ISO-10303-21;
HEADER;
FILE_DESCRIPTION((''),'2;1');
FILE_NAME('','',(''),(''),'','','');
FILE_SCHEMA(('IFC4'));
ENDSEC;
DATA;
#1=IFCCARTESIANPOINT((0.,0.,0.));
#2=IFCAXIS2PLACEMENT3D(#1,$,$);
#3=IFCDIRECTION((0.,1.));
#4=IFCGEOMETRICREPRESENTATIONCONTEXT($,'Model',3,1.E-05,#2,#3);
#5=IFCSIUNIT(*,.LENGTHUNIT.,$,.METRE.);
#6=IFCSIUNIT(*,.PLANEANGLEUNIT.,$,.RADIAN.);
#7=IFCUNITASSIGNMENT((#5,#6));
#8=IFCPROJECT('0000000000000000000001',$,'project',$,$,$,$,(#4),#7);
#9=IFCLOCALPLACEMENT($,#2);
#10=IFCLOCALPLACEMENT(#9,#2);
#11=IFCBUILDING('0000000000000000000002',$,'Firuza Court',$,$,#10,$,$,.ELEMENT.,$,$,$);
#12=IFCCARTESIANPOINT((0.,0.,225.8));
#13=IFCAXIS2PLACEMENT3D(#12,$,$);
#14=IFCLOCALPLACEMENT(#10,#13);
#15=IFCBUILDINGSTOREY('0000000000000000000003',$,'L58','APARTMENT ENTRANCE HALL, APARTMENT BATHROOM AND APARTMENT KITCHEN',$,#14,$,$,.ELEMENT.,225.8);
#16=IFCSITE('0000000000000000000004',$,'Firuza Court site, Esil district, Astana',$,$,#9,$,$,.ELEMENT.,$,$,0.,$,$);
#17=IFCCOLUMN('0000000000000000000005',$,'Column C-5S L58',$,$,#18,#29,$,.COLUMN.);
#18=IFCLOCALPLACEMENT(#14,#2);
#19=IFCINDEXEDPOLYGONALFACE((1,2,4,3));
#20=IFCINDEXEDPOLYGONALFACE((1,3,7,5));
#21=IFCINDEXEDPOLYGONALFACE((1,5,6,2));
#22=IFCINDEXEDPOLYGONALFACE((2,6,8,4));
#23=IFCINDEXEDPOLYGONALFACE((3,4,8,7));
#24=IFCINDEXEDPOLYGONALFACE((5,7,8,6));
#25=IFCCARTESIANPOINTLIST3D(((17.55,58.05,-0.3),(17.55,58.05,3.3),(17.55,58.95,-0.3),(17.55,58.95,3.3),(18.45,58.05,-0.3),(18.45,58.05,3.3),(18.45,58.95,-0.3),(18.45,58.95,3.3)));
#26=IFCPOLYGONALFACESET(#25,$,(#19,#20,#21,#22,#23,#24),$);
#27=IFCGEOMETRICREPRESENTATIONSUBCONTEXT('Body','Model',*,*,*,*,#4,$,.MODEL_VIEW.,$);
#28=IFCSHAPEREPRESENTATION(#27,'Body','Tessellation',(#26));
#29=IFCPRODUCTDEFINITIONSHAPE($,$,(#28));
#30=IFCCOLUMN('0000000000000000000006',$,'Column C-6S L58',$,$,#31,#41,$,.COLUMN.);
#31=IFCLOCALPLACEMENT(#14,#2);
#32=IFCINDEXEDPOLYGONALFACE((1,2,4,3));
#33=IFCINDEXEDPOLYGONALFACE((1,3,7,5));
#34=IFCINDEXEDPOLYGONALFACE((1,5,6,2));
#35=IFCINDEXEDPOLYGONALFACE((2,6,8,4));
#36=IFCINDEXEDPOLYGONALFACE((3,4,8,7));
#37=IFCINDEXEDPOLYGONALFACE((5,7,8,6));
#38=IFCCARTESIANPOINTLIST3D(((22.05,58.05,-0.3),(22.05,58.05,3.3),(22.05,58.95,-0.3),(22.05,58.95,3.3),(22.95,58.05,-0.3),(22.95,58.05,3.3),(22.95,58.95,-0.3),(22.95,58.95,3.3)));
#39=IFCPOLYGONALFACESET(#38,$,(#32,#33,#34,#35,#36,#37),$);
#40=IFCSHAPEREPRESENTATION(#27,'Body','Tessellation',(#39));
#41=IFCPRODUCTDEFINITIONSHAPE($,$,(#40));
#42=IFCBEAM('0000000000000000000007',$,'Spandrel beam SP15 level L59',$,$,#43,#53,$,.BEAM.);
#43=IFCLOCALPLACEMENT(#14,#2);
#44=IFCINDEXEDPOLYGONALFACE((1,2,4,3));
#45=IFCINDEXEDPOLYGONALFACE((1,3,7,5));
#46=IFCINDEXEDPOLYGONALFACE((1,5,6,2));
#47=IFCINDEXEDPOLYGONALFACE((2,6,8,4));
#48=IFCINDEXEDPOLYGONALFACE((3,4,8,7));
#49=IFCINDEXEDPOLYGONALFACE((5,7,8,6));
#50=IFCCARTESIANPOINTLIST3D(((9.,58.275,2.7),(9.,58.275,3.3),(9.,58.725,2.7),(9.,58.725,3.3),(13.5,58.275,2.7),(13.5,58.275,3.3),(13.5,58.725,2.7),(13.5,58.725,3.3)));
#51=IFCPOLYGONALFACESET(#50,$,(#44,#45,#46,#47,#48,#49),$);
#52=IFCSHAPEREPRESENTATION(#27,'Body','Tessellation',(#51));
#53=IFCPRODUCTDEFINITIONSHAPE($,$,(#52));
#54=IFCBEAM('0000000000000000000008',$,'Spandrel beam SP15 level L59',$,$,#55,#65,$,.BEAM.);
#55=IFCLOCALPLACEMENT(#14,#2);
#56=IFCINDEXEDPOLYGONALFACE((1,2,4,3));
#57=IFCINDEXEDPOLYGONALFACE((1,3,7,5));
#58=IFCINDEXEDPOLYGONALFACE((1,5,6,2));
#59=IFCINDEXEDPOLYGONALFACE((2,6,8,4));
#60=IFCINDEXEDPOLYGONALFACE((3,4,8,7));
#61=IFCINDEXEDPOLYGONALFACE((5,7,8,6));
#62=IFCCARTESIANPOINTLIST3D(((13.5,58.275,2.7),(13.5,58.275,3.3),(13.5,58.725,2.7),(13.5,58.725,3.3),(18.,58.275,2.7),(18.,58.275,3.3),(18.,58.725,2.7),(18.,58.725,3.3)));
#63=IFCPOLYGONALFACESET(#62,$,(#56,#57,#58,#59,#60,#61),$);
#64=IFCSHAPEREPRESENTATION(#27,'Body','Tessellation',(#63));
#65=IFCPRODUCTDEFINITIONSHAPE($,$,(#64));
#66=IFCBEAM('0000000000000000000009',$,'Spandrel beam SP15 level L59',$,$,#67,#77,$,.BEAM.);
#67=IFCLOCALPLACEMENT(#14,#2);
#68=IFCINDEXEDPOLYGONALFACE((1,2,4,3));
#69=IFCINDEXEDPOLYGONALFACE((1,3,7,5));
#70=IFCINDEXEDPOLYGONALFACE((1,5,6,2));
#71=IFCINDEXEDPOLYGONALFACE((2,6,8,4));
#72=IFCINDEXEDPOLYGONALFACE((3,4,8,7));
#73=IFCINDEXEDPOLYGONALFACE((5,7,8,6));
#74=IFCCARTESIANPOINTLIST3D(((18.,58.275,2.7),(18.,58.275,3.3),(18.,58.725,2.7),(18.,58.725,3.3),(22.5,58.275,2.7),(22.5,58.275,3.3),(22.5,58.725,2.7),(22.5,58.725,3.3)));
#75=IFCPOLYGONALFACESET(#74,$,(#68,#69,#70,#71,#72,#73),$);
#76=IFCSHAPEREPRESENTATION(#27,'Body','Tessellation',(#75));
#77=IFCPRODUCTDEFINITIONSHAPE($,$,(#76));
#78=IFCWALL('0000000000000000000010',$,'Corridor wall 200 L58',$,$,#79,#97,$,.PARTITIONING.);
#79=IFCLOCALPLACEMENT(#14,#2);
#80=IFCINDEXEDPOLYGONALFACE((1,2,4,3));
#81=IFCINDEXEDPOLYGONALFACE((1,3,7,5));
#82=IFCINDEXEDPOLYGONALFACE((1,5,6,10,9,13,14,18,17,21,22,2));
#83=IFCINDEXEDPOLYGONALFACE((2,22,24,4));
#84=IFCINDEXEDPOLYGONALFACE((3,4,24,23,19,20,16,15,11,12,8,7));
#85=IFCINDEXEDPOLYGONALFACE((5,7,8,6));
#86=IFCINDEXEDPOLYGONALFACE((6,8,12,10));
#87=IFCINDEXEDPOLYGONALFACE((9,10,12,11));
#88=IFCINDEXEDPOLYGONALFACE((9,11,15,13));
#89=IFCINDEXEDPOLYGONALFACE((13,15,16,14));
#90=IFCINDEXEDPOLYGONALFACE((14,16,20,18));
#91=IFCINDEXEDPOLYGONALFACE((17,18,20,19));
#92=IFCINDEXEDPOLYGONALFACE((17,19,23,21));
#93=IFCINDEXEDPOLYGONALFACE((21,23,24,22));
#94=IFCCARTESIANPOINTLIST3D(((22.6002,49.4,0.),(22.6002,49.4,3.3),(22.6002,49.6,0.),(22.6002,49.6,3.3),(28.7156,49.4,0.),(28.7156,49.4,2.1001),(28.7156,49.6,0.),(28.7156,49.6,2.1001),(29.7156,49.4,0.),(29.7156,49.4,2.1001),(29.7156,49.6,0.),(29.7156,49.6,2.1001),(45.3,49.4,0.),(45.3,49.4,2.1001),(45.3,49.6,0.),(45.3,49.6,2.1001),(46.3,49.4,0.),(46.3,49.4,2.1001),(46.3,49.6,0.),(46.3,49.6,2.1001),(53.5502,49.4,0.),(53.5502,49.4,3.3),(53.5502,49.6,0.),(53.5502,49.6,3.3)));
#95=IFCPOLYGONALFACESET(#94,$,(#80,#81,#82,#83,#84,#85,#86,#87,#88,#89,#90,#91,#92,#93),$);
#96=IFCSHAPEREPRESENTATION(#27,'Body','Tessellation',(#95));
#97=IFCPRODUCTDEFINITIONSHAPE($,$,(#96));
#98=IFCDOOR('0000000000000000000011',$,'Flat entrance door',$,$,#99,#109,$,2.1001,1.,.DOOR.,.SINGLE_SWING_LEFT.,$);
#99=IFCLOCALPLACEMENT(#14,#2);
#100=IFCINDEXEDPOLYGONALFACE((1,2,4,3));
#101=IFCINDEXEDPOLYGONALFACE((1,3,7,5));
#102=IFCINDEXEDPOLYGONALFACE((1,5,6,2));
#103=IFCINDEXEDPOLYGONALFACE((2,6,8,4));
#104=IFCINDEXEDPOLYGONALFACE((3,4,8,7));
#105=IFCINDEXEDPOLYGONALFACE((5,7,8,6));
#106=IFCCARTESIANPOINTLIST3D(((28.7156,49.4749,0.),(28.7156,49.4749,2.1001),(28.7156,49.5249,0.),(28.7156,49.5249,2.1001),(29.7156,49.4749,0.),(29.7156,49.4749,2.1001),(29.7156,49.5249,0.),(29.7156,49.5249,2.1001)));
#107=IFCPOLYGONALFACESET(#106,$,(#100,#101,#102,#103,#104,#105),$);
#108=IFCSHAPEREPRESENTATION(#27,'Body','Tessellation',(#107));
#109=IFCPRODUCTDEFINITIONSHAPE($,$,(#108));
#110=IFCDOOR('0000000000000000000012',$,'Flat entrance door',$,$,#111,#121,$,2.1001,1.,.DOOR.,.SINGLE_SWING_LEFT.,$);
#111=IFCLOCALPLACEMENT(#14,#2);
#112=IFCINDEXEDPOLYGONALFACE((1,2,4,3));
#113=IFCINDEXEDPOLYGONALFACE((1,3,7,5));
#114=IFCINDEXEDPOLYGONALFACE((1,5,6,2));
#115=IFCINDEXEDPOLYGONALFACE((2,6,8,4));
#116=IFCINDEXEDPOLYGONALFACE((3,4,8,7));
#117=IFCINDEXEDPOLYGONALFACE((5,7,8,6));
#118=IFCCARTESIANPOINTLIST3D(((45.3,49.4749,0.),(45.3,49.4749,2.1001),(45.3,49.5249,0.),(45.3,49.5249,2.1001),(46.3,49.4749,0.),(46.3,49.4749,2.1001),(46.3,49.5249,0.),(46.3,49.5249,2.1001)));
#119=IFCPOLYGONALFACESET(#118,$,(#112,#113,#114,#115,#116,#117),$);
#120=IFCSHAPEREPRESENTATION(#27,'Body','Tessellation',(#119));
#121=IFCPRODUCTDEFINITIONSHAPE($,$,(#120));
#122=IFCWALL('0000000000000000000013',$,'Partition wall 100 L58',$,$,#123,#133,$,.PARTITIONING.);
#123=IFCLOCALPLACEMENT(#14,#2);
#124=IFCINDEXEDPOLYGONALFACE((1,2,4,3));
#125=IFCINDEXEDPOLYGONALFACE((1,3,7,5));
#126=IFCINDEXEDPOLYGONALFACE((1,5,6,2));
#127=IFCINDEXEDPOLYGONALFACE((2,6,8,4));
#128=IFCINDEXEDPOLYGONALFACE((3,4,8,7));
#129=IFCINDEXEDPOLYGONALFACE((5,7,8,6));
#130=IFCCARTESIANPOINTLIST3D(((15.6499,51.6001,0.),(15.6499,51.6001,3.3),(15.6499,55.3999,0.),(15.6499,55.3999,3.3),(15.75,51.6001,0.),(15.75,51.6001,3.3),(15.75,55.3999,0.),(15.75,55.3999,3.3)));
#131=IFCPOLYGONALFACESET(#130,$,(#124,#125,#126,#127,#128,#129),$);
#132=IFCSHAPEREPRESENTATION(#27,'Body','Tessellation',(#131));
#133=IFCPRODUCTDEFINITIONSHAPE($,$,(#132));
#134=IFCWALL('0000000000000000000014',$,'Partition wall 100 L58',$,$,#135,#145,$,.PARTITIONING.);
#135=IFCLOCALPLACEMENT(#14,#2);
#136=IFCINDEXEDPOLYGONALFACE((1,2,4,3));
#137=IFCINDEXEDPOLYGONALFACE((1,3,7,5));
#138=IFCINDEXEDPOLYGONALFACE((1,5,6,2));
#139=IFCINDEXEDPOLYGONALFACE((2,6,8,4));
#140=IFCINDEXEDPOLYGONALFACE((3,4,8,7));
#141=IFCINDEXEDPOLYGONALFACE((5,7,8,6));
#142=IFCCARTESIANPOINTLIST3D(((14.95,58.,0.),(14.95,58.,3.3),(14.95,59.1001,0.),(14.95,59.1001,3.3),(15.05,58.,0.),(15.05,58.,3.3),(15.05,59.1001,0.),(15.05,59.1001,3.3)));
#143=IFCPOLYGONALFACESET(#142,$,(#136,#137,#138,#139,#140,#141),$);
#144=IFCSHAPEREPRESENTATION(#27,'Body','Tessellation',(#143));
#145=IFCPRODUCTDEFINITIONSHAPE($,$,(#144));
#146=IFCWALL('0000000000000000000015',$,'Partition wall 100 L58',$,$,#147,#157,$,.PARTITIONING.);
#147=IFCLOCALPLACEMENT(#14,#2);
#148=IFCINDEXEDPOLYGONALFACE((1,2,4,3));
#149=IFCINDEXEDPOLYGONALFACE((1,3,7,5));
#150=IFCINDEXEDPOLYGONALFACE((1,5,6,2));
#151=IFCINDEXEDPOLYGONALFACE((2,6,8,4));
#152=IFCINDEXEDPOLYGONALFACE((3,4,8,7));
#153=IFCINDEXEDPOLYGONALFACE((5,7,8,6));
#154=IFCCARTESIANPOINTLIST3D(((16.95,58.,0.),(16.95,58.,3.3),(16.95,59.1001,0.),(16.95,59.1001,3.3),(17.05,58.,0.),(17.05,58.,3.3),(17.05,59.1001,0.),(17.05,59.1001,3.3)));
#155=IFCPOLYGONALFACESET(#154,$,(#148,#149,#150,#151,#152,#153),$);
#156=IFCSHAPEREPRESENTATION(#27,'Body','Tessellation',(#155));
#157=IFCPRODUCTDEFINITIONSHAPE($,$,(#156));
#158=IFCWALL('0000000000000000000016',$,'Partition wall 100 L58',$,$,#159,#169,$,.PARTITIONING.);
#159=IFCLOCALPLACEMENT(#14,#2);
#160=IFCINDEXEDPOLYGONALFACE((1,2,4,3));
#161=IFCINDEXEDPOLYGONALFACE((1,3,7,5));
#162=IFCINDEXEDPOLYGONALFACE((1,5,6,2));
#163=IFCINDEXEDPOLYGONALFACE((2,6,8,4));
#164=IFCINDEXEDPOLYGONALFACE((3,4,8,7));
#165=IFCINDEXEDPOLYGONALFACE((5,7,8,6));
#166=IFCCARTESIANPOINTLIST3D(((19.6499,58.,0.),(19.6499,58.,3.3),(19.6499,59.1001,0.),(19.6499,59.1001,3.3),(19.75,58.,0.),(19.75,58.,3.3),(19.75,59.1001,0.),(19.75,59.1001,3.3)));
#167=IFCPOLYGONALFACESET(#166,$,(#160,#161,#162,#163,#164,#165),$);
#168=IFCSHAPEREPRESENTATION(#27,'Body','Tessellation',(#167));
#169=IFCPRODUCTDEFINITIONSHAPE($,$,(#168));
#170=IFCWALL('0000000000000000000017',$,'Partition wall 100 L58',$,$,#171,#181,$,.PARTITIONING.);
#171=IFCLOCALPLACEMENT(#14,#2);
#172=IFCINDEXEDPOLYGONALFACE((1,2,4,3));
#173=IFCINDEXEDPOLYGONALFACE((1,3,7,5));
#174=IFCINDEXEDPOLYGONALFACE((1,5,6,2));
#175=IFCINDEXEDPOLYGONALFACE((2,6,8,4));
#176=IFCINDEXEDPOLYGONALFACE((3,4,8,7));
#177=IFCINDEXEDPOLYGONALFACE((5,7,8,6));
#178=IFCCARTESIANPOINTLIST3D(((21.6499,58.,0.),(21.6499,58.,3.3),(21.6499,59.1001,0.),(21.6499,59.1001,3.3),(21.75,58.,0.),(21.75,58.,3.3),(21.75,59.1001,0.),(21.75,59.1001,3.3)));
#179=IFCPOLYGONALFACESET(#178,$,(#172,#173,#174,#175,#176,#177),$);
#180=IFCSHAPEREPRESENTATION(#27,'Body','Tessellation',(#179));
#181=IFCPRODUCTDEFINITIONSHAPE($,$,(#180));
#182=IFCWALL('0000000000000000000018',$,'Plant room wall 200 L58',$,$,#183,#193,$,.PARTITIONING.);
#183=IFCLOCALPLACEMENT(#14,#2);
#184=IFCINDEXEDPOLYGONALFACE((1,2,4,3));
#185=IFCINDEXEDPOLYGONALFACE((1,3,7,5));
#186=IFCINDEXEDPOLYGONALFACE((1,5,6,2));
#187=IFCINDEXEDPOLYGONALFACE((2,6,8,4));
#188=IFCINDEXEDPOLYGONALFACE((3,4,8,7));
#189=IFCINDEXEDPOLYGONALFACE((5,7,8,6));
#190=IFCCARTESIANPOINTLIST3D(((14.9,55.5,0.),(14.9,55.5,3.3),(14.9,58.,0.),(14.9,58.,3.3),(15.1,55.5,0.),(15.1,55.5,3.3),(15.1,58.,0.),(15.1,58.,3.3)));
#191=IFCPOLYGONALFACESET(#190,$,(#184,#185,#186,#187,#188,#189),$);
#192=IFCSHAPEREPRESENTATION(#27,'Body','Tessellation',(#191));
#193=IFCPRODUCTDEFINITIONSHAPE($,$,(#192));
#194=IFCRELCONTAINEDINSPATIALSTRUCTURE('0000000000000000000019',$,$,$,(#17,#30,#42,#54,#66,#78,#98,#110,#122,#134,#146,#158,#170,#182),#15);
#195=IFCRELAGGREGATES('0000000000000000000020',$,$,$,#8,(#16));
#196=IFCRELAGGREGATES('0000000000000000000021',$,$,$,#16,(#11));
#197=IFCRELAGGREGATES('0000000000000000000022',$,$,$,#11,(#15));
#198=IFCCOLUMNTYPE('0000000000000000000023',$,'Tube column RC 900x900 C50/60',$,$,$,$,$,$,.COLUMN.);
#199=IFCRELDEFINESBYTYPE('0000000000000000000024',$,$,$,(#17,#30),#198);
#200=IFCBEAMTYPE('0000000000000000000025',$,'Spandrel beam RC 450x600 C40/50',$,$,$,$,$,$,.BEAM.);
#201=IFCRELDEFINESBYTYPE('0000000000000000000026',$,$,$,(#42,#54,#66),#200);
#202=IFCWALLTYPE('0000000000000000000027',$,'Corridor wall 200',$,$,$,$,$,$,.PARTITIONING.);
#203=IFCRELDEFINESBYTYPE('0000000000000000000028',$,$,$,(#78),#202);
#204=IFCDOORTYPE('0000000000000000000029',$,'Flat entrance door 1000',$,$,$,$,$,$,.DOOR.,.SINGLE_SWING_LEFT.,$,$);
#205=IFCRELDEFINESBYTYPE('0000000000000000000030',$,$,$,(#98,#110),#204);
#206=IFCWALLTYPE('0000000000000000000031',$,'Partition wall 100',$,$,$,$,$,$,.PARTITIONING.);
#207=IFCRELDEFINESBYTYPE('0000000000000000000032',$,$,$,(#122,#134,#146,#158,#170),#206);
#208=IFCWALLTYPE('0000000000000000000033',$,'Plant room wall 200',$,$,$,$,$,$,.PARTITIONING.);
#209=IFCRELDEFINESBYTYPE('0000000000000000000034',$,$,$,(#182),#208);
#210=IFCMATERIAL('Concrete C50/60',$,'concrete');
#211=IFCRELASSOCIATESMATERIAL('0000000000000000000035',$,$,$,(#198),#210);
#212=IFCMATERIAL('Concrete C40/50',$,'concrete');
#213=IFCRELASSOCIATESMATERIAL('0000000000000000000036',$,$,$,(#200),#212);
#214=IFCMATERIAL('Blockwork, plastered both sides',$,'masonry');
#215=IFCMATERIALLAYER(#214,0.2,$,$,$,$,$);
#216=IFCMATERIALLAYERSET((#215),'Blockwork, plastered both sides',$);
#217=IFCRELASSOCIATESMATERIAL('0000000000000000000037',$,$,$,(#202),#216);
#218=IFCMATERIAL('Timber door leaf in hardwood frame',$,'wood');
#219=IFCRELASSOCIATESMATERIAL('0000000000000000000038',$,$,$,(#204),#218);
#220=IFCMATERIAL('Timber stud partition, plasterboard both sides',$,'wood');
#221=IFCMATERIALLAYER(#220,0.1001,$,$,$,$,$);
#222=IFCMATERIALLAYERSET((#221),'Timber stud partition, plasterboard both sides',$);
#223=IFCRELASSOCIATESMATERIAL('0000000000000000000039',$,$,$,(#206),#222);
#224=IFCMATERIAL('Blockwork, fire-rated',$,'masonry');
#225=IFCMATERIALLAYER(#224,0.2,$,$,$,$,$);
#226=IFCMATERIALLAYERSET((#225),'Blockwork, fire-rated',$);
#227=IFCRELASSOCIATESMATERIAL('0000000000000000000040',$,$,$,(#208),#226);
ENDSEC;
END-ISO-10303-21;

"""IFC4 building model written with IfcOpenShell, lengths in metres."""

from ifc_helpers import new_model, si_unit, direction, frame, frame_2d, origin, origin_2d, place, context, subcontext, project, spatial, rectangle, extrude, material, layer, layer_set, material_profile, profile_set, type_object, element, fill, save


model = new_model("IFC4")

# Units and contexts
model_context = context("Model", 3, precision=1e-05, world=origin(), true_north=direction((0.0, 1.0)))
body_context = subcontext(model_context, "Body", "Model", "MODEL_VIEW")
ifc_project = project(units=[si_unit("LENGTHUNIT", "METRE"), si_unit("PLANEANGLEUNIT", "RADIAN")], contexts=[model_context])

# Site, building, storey
site_placement = place(None, origin())
site = spatial("IfcSite", under=ifc_project, at=site_placement, Name="Firuza Court site, Esil district, Astana", CompositionType="ELEMENT", RefElevation=0.0)
building_placement = place(site_placement, origin())
building = spatial("IfcBuilding", under=site, at=building_placement, Name="Firuza Court", CompositionType="ELEMENT")
storey_placement = place(building_placement, frame((0.0, 0.0, 225.8)))
storey = spatial("IfcBuildingStorey", under=building, at=storey_placement, Name="L58", Description="APARTMENT ENTRANCE HALL, APARTMENT BATHROOM AND APARTMENT KITCHEN", CompositionType="ELEMENT", Elevation=225.8)

# Columns
ifc_material_1 = material(Name="Concrete C50/60", Category="concrete")
ifc_material_profile_1 = material_profile(ifc_material_1, rectangle(XDim=0.8999, YDim=0.8999, at=origin_2d()), Name="RC 900x900")
ifc_profile_set_1 = profile_set([ifc_material_profile_1], Name="Concrete C50/60")
column_type = type_object("IfcColumnType", Name="Tube column RC 900x900 C50/60", PredefinedType="COLUMN", material=ifc_profile_set_1)
for number, where, z_axis, x_axis, name in (
    (1, (18.0, 58.5, -0.3), (0.0, 0.0, 1.0), (1.0, 0.0, 0.0), "Column C-5S L58"),
    (2, (22.5, 58.5, -0.3), (0.0, 0.0, 1.0), (1.0, 0.0, 0.0), "Column C-6S L58"),
):
    element("IfcColumn", number, at=place(storey_placement, frame(where, z_axis=z_axis, x_axis=x_axis)), inside=storey, type_object=column_type, Name=name, PredefinedType="COLUMN", context=body_context, shape_type="SweptSolid", body=[
        extrude(rectangle(XDim=0.8999, YDim=0.8999, at=origin_2d()), origin(), (0.0, 0.0, 1.0), 3.6001),
    ])

# Beams
ifc_material_2 = material(Name="Concrete C40/50", Category="concrete")
ifc_material_profile_2 = material_profile(ifc_material_2, rectangle(XDim=0.45, YDim=0.6001, at=origin_2d()), Name="RC 450x600")
ifc_profile_set_2 = profile_set([ifc_material_profile_2], Name="Concrete C40/50")
beam_type = type_object("IfcBeamType", Name="Spandrel beam RC 450x600 C40/50", PredefinedType="BEAM", material=ifc_profile_set_2)
for number, where, z_axis, x_axis, name in (
    (3, (13.5, 58.5, 3.0), (-1.0, 0.0, 0.0), (0.0, -1.0, 0.0), "Spandrel beam SP15 level L59"),
    (4, (18.0, 58.5, 3.0), (-1.0, 0.0, 0.0), (0.0, -1.0, 0.0), "Spandrel beam SP15 level L59"),
    (5, (22.5, 58.5, 3.0), (-1.0, 0.0, 0.0), (0.0, -1.0, 0.0), "Spandrel beam SP15 level L59"),
):
    element("IfcBeam", number, at=place(storey_placement, frame(where, z_axis=z_axis, x_axis=x_axis)), inside=storey, type_object=beam_type, Name=name, PredefinedType="BEAM", context=body_context, shape_type="SweptSolid", body=[
        extrude(rectangle(XDim=0.45, YDim=0.6001, at=origin_2d()), origin(), (0.0, 0.0, 1.0), 4.5),
    ])

# Wall, openings, doors
ifc_material_3 = material(Name="Blockwork, plastered both sides", Category="masonry")
ifc_layer_1 = layer(ifc_material_3, 0.2)
ifc_layer_set_1 = layer_set([ifc_layer_1], Name="Blockwork, plastered both sides")
wall_type_1 = type_object("IfcWallType", Name="Corridor wall 200", PredefinedType="PARTITIONING", material=ifc_layer_set_1)
wall_1_placement = place(storey_placement, frame((22.6001, 49.5, 0.0), z_axis=(0.0, 0.0, 1.0), x_axis=(1.0, 0.0, 0.0)))
wall_1 = element("IfcWall", 6, at=wall_1_placement, inside=storey, type_object=wall_type_1, Name="Corridor wall 200 L58", PredefinedType="PARTITIONING", context=body_context, shape_type="SweptSolid", body=[
    extrude(rectangle(XDim=30.95, YDim=0.2, at=frame_2d((15.4751, 0.0))), origin(), (0.0, 0.0, 1.0), 3.3),
])
opening_1_placement = place(wall_1_placement, frame((6.1155, 0.0, 0.0)))
opening_1 = element("IfcOpeningElement", 7, at=opening_1_placement, cuts=wall_1, PredefinedType="OPENING", context=body_context, shape_type="SweptSolid", body=[
    extrude(rectangle(XDim=1.0, YDim=2.1001, at=frame_2d((0.5, 1.05))), frame((0.0, 0.1118, 0.0), z_axis=(0.0, -1.0, 0.0), x_axis=(1.0, 0.0, 0.0)), (0.0, 0.0, 1.0), 0.2239),
])
opening_2_placement = place(wall_1_placement, frame((22.7, 0.0, 0.0)))
opening_2 = element("IfcOpeningElement", 8, at=opening_2_placement, cuts=wall_1, PredefinedType="OPENING", context=body_context, shape_type="SweptSolid", body=[
    extrude(rectangle(XDim=1.0, YDim=2.1001, at=frame_2d((0.5, 1.05))), frame((0.0, 0.1118, 0.0), z_axis=(0.0, -1.0, 0.0), x_axis=(1.0, 0.0, 0.0)), (0.0, 0.0, 1.0), 0.2239),
])
ifc_material_4 = material(Name="Timber door leaf in hardwood frame", Category="wood")
door_type_1 = type_object("IfcDoorType", Name="Flat entrance door 1000", OperationType="SINGLE_SWING_LEFT", PredefinedType="DOOR", material=ifc_material_4)
door_1_placement = place(opening_1_placement, origin())
door_1 = element("IfcDoor", 9, at=door_1_placement, inside=storey, type_object=door_type_1, Name="Flat entrance door", OperationType="SINGLE_SWING_LEFT", OverallHeight=2.1001, OverallWidth=1.0, PredefinedType="DOOR", context=body_context, shape_type="SweptSolid", body=[
    extrude(rectangle(XDim=1.0, YDim=2.1001, at=frame_2d((0.5, 1.05))), frame((0.0, 0.0249, 0.0), z_axis=(0.0, -1.0, 0.0), x_axis=(1.0, 0.0, 0.0)), (0.0, 0.0, 1.0), 0.05),
])
fill(opening_1, door_1)
door_2_placement = place(opening_2_placement, origin())
door_2 = element("IfcDoor", 10, at=door_2_placement, inside=storey, type_object=door_type_1, Name="Flat entrance door", OperationType="SINGLE_SWING_LEFT", OverallHeight=2.1001, OverallWidth=1.0, PredefinedType="DOOR", context=body_context, shape_type="SweptSolid", body=[
    extrude(rectangle(XDim=1.0, YDim=2.1001, at=frame_2d((0.5, 1.05))), frame((0.0, 0.0249, 0.0), z_axis=(0.0, -1.0, 0.0), x_axis=(1.0, 0.0, 0.0)), (0.0, 0.0, 1.0), 0.05),
])
fill(opening_2, door_2)

# Walls
ifc_material_5 = material(Name="Timber stud partition, plasterboard both sides", Category="wood")
ifc_layer_2 = layer(ifc_material_5, 0.1001)
ifc_layer_set_2 = layer_set([ifc_layer_2], Name="Timber stud partition, plasterboard both sides")
wall_type_2 = type_object("IfcWallType", Name="Partition wall 100", PredefinedType="PARTITIONING", material=ifc_layer_set_2)
wall_2_placement = place(storey_placement, frame((15.7, 51.6001, 0.0), z_axis=(0.0, 0.0, 1.0), x_axis=(0.0, 1.0, 0.0)))
element("IfcWall", 11, at=wall_2_placement, inside=storey, type_object=wall_type_2, Name="Partition wall 100 L58", PredefinedType="PARTITIONING", context=body_context, shape_type="SweptSolid", body=[
    extrude(rectangle(XDim=3.7998, YDim=0.1001, at=frame_2d((1.8999, 0.0))), origin(), (0.0, 0.0, 1.0), 3.3),
])
for number, where, z_axis, x_axis, name in (
    (12, (15.0, 58.0, 0.0), (0.0, 0.0, 1.0), (0.0, 1.0, 0.0), "Partition wall 100 L58"),
    (13, (17.0, 58.0, 0.0), (0.0, 0.0, 1.0), (0.0, 1.0, 0.0), "Partition wall 100 L58"),
    (14, (19.7, 58.0, 0.0), (0.0, 0.0, 1.0), (0.0, 1.0, 0.0), "Partition wall 100 L58"),
    (15, (21.7, 58.0, 0.0), (0.0, 0.0, 1.0), (0.0, 1.0, 0.0), "Partition wall 100 L58"),
):
    element("IfcWall", number, at=place(storey_placement, frame(where, z_axis=z_axis, x_axis=x_axis)), inside=storey, type_object=wall_type_2, Name=name, PredefinedType="PARTITIONING", context=body_context, shape_type="SweptSolid", body=[
        extrude(rectangle(XDim=1.1001, YDim=0.1001, at=frame_2d((0.55, 0.0))), origin(), (0.0, 0.0, 1.0), 3.3),
    ])
ifc_material_6 = material(Name="Blockwork, fire-rated", Category="masonry")
ifc_layer_3 = layer(ifc_material_6, 0.2)
ifc_layer_set_3 = layer_set([ifc_layer_3], Name="Blockwork, fire-rated")
wall_type_3 = type_object("IfcWallType", Name="Plant room wall 200", PredefinedType="PARTITIONING", material=ifc_layer_set_3)
wall_3_placement = place(storey_placement, frame((15.0, 55.5, 0.0), z_axis=(0.0, 0.0, 1.0), x_axis=(0.0, 1.0, 0.0)))
element("IfcWall", 16, at=wall_3_placement, inside=storey, type_object=wall_type_3, Name="Plant room wall 200 L58", PredefinedType="PARTITIONING", context=body_context, shape_type="SweptSolid", body=[
    extrude(rectangle(XDim=2.5, YDim=0.2, at=frame_2d((1.25, 0.0))), origin(), (0.0, 0.0, 1.0), 3.3),
])

save(model, "model.ifc")
